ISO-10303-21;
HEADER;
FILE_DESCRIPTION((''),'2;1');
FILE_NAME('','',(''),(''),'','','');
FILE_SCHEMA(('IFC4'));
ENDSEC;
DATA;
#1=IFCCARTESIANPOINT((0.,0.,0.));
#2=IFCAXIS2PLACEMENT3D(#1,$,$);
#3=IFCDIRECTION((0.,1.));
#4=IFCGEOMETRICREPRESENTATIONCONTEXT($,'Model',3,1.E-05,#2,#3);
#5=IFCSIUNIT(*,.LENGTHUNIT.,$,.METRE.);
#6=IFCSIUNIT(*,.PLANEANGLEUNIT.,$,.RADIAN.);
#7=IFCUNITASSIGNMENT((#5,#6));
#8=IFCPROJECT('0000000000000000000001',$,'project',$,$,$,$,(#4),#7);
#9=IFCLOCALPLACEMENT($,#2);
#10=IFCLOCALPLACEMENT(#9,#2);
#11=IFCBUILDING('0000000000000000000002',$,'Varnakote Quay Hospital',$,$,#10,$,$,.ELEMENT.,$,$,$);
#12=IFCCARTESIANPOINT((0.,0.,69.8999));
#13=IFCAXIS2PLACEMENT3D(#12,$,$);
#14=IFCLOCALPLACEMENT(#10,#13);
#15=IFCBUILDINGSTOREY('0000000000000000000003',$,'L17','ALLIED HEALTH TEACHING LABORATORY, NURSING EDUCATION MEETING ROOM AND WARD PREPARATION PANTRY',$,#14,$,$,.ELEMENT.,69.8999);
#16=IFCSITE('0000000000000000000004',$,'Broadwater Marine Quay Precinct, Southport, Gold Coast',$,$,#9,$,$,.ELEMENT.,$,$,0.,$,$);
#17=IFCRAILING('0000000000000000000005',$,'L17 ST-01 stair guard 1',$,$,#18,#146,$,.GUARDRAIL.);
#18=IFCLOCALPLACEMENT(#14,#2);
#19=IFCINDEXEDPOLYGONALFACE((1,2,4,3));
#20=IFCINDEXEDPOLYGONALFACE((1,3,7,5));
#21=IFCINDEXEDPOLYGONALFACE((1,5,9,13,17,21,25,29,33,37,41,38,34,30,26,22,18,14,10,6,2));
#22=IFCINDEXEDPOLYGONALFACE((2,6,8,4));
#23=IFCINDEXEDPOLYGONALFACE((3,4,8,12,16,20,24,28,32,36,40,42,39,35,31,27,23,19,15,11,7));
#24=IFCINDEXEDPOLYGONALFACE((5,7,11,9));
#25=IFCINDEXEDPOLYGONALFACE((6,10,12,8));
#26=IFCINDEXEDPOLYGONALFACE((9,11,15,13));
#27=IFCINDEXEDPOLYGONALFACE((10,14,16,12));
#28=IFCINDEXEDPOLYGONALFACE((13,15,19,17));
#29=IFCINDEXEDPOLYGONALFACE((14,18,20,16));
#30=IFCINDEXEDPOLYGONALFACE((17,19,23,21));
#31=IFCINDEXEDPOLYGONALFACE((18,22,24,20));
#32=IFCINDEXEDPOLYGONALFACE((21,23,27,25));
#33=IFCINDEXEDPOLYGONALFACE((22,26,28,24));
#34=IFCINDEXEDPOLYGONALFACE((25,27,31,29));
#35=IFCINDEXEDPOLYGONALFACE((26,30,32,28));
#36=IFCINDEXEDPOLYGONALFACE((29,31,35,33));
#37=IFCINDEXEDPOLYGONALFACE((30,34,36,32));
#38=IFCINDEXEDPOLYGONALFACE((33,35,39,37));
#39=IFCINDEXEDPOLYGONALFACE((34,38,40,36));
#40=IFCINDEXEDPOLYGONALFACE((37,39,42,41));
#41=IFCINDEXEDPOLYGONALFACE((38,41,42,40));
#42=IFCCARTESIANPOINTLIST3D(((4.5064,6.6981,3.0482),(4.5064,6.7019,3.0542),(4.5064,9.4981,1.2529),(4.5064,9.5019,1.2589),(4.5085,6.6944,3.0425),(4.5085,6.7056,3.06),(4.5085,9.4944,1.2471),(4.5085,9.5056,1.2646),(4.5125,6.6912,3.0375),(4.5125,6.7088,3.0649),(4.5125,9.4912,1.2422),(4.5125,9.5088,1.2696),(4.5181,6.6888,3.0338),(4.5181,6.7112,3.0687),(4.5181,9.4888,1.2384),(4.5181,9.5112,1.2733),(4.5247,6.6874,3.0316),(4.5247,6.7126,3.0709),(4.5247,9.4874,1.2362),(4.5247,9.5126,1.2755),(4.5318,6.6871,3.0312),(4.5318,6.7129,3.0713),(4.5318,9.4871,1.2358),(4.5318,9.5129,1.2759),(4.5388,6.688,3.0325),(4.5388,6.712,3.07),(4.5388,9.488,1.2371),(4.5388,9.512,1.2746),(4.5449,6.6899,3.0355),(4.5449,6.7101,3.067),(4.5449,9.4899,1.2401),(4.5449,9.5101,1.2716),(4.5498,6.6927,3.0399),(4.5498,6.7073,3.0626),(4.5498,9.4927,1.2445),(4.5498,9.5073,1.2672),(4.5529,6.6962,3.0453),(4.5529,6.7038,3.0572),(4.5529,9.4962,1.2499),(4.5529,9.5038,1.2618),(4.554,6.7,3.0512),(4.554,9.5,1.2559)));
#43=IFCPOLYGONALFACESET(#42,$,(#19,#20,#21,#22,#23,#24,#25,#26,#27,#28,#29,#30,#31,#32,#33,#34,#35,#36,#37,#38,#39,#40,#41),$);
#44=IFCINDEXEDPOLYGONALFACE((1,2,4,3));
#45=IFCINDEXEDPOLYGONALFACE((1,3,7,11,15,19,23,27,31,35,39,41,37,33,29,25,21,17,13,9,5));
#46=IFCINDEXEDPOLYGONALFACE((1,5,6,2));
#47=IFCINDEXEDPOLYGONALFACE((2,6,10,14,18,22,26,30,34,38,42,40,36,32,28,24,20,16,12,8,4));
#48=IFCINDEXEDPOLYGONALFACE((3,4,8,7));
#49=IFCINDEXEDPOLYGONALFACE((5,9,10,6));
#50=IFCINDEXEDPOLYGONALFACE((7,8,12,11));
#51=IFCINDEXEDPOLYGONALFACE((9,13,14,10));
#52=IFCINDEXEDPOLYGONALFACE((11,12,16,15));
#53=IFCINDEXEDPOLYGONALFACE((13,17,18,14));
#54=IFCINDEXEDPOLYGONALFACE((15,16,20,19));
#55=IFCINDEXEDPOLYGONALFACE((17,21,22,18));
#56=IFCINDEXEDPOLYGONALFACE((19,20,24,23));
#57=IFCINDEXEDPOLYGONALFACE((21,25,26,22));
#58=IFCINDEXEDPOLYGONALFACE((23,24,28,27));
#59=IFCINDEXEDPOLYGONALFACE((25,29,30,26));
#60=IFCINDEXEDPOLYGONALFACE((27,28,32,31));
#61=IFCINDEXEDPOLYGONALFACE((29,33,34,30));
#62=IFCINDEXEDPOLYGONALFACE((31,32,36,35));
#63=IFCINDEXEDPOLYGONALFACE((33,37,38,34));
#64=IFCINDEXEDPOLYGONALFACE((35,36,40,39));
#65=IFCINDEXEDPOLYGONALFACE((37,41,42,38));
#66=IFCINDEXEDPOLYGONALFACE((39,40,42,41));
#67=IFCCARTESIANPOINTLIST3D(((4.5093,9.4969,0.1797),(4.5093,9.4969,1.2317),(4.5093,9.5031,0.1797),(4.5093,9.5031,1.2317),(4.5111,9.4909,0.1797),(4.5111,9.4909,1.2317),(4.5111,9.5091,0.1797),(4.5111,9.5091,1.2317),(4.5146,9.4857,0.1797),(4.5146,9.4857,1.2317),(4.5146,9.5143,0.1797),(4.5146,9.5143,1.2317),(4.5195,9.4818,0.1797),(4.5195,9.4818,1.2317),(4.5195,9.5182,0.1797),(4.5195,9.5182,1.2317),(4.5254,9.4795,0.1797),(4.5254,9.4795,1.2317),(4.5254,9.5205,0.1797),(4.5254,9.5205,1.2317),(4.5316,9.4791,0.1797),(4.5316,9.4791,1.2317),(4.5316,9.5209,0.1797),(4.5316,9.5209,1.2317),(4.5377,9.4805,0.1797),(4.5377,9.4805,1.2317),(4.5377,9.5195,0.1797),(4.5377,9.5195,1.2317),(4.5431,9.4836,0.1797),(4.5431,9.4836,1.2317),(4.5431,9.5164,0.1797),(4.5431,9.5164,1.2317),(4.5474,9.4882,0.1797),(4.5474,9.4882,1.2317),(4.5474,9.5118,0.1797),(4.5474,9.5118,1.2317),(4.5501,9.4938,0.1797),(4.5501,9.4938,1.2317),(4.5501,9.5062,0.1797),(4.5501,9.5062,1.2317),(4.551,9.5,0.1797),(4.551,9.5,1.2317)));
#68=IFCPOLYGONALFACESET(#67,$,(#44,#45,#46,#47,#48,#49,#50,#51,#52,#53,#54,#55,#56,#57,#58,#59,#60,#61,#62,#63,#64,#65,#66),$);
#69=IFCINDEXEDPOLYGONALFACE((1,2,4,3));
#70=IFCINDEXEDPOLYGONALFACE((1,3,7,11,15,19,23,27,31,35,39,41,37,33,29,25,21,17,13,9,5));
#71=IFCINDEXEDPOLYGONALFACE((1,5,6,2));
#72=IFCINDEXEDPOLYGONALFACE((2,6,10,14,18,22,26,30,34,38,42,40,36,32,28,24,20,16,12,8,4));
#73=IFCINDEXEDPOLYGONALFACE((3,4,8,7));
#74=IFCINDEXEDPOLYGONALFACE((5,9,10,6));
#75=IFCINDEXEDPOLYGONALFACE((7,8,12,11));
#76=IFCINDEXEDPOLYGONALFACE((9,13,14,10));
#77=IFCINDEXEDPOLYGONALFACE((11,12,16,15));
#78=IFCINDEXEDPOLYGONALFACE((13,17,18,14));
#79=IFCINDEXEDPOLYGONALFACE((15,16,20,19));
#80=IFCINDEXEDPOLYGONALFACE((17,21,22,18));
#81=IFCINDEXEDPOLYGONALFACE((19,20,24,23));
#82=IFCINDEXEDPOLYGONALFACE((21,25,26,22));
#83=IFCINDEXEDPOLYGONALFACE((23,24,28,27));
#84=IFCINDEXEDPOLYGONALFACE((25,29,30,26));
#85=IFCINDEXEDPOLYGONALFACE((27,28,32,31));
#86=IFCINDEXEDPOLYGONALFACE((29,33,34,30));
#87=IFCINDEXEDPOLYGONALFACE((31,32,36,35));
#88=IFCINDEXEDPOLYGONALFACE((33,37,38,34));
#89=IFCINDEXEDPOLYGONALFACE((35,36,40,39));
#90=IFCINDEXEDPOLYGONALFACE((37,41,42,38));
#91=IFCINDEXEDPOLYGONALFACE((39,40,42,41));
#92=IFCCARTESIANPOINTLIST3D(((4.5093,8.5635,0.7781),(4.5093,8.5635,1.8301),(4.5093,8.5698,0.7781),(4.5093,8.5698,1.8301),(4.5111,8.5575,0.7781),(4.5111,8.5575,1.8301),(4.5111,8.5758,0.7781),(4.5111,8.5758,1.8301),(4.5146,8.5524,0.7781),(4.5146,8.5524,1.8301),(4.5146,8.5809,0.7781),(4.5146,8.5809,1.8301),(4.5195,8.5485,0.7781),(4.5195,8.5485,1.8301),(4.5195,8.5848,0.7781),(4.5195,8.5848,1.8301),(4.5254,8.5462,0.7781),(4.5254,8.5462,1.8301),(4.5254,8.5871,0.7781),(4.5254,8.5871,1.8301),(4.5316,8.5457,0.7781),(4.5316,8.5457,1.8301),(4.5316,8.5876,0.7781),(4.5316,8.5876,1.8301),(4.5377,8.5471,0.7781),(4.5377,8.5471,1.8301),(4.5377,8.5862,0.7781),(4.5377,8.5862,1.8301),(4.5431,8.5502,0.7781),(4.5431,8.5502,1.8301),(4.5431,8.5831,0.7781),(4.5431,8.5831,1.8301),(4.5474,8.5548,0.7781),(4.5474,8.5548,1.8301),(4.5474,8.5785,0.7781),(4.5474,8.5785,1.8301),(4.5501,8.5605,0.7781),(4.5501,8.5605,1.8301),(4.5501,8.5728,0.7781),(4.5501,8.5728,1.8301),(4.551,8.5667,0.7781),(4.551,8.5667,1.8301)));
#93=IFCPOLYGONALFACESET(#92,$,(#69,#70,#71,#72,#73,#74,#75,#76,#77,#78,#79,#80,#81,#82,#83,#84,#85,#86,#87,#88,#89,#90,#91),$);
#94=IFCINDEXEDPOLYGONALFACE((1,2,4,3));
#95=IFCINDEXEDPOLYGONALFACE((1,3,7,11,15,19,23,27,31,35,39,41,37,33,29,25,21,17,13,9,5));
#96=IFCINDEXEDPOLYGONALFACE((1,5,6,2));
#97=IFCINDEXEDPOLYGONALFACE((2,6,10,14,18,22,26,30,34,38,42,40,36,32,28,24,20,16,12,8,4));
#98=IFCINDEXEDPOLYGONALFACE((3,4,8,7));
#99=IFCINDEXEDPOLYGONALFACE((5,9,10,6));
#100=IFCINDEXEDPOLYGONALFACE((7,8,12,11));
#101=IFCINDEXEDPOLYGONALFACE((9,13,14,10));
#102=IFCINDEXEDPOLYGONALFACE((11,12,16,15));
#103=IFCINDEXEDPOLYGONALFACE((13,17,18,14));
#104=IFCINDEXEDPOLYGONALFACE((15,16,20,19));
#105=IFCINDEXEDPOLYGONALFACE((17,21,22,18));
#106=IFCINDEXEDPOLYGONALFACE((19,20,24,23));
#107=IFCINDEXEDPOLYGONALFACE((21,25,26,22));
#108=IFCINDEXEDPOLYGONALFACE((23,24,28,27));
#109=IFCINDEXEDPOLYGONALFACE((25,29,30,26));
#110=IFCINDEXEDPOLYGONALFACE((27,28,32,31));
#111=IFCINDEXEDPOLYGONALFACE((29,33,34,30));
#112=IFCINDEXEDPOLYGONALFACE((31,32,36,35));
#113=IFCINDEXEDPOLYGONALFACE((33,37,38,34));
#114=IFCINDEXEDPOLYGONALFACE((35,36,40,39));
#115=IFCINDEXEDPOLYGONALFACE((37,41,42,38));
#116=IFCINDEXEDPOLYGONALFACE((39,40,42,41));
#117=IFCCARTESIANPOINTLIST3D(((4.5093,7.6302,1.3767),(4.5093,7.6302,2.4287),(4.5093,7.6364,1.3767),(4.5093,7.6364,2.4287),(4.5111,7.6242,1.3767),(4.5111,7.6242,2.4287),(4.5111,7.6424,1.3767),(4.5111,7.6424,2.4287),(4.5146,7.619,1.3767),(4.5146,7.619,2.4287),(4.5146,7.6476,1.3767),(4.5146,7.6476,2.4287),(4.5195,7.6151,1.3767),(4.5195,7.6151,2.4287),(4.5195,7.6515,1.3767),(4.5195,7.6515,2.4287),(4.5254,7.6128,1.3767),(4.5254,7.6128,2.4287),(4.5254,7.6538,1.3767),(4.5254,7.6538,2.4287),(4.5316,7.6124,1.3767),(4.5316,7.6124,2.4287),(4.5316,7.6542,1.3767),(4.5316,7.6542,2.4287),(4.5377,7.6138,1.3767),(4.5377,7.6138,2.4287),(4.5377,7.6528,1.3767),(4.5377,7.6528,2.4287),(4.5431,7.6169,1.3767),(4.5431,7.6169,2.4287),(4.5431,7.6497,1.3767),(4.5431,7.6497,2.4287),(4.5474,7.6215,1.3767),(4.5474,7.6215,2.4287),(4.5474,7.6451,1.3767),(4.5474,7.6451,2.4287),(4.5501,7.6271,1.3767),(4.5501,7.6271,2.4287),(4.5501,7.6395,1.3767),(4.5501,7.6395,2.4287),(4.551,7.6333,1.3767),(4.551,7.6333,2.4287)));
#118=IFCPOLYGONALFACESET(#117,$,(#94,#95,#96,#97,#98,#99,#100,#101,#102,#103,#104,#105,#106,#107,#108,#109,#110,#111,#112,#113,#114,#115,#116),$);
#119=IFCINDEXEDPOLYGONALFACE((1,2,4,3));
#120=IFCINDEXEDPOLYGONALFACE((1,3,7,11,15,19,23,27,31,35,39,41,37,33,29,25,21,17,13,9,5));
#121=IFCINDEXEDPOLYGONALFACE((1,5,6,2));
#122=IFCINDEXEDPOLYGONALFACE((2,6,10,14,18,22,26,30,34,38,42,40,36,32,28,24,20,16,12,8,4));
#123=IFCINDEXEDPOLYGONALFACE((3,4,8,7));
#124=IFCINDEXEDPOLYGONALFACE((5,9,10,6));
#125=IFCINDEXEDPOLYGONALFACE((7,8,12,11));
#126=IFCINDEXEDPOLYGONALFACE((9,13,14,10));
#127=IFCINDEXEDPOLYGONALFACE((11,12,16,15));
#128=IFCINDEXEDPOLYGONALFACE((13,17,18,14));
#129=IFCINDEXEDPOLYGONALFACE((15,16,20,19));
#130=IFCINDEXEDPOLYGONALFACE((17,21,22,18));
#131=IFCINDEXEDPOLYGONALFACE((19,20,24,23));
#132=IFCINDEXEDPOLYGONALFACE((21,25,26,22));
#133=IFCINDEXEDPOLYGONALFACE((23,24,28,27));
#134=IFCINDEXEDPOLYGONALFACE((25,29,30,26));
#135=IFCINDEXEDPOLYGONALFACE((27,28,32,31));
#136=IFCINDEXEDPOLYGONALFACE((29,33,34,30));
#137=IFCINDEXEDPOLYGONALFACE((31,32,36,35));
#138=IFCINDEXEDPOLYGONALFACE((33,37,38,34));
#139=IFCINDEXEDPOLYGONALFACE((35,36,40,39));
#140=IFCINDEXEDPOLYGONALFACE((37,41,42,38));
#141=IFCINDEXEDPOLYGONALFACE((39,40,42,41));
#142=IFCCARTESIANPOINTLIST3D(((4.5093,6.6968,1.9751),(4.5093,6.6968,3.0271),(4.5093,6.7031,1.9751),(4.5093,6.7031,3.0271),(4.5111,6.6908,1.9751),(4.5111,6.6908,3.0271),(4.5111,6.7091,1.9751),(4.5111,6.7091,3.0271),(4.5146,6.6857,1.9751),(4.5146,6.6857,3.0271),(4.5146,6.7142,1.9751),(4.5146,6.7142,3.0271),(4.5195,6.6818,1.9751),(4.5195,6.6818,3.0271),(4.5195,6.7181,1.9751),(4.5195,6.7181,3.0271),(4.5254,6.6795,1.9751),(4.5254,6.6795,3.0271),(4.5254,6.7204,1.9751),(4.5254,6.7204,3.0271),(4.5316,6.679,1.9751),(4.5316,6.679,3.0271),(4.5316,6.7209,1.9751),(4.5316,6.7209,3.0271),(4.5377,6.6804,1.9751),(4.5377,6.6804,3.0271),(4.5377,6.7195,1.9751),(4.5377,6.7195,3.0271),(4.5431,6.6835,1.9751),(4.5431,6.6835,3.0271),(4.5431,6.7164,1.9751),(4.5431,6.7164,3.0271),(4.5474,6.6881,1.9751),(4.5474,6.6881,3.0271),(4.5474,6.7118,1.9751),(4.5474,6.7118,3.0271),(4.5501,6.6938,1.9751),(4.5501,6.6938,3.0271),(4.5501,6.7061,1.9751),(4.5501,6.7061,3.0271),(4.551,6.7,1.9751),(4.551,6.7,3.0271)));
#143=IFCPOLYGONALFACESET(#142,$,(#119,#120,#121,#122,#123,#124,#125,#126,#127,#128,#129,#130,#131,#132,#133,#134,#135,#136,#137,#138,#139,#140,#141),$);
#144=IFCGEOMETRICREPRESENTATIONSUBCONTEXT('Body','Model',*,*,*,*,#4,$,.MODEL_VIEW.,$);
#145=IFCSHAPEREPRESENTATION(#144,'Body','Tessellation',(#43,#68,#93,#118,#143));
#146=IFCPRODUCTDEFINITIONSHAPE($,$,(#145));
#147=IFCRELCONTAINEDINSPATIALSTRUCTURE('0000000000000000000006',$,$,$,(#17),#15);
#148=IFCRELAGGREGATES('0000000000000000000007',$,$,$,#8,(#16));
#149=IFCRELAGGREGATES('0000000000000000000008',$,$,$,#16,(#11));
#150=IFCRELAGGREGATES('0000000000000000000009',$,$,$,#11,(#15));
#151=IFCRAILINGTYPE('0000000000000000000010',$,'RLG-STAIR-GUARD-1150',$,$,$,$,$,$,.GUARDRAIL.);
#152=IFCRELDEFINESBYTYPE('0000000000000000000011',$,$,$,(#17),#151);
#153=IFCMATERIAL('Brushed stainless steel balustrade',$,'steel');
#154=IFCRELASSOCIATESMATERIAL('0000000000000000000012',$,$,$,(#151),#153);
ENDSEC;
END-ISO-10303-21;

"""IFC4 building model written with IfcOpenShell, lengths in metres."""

from ifc_helpers import new_model, si_unit, direction, frame, origin, origin_2d, place, context, subcontext, project, spatial, circle, extrude, material, type_object, element, save


model = new_model("IFC4")

# Units and contexts
model_context = context("Model", 3, precision=1e-05, world=origin(), true_north=direction((0.0, 1.0)))
body_context = subcontext(model_context, "Body", "Model", "MODEL_VIEW")
ifc_project = project(units=[si_unit("LENGTHUNIT", "METRE"), si_unit("PLANEANGLEUNIT", "RADIAN")], contexts=[model_context])

# Site, building, storey
site_placement = place(None, origin())
site = spatial("IfcSite", under=ifc_project, at=site_placement, Name="Broadwater Marine Quay Precinct, Southport, Gold Coast", CompositionType="ELEMENT", RefElevation=0.0)
building_placement = place(site_placement, origin())
building = spatial("IfcBuilding", under=site, at=building_placement, Name="Varnakote Quay Hospital", CompositionType="ELEMENT")
storey_placement = place(building_placement, frame((0.0, 0.0, 69.8999)))
storey = spatial("IfcBuildingStorey", under=building, at=storey_placement, Name="L17", Description="ALLIED HEALTH TEACHING LABORATORY, NURSING EDUCATION MEETING ROOM AND WARD PREPARATION PANTRY", CompositionType="ELEMENT", Elevation=69.8999)

# Railing
ifc_material_1 = material(Name="Brushed stainless steel balustrade", Category="steel")
railing_type_1 = type_object("IfcRailingType", Name="RLG-STAIR-GUARD-1150", PredefinedType="GUARDRAIL", material=ifc_material_1)
railing_1_placement = place(storey_placement, frame((4.53, 9.5, 0.1797)))
element("IfcRailing", 1, at=railing_1_placement, inside=storey, type_object=railing_type_1, Name="L17 ST-01 stair guard 1", PredefinedType="GUARDRAIL", context=body_context, shape_type="SweptSolid", body=[
    extrude(circle(Radius=0.0239, at=origin_2d()), frame((0.0, 0.0, 1.0762), z_axis=(0.0, -0.84181, 0.539774), x_axis=(1.0, 0.0, 0.0)), (0.0, 0.0, 1.0), 3.3262),
    extrude(circle(Radius=0.021, at=origin_2d()), origin(), (0.0, 0.0, 1.0), 1.052),
    extrude(circle(Radius=0.021, at=origin_2d()), frame((0.0, -0.9333, 0.5984)), (0.0, 0.0, 1.0), 1.052),
    extrude(circle(Radius=0.021, at=origin_2d()), frame((0.0, -1.8667, 1.197)), (0.0, 0.0, 1.0), 1.052),
    extrude(circle(Radius=0.021, at=origin_2d()), frame((0.0, -2.8, 1.7954)), (0.0, 0.0, 1.0), 1.052),
])

save(model, "model.ifc")
